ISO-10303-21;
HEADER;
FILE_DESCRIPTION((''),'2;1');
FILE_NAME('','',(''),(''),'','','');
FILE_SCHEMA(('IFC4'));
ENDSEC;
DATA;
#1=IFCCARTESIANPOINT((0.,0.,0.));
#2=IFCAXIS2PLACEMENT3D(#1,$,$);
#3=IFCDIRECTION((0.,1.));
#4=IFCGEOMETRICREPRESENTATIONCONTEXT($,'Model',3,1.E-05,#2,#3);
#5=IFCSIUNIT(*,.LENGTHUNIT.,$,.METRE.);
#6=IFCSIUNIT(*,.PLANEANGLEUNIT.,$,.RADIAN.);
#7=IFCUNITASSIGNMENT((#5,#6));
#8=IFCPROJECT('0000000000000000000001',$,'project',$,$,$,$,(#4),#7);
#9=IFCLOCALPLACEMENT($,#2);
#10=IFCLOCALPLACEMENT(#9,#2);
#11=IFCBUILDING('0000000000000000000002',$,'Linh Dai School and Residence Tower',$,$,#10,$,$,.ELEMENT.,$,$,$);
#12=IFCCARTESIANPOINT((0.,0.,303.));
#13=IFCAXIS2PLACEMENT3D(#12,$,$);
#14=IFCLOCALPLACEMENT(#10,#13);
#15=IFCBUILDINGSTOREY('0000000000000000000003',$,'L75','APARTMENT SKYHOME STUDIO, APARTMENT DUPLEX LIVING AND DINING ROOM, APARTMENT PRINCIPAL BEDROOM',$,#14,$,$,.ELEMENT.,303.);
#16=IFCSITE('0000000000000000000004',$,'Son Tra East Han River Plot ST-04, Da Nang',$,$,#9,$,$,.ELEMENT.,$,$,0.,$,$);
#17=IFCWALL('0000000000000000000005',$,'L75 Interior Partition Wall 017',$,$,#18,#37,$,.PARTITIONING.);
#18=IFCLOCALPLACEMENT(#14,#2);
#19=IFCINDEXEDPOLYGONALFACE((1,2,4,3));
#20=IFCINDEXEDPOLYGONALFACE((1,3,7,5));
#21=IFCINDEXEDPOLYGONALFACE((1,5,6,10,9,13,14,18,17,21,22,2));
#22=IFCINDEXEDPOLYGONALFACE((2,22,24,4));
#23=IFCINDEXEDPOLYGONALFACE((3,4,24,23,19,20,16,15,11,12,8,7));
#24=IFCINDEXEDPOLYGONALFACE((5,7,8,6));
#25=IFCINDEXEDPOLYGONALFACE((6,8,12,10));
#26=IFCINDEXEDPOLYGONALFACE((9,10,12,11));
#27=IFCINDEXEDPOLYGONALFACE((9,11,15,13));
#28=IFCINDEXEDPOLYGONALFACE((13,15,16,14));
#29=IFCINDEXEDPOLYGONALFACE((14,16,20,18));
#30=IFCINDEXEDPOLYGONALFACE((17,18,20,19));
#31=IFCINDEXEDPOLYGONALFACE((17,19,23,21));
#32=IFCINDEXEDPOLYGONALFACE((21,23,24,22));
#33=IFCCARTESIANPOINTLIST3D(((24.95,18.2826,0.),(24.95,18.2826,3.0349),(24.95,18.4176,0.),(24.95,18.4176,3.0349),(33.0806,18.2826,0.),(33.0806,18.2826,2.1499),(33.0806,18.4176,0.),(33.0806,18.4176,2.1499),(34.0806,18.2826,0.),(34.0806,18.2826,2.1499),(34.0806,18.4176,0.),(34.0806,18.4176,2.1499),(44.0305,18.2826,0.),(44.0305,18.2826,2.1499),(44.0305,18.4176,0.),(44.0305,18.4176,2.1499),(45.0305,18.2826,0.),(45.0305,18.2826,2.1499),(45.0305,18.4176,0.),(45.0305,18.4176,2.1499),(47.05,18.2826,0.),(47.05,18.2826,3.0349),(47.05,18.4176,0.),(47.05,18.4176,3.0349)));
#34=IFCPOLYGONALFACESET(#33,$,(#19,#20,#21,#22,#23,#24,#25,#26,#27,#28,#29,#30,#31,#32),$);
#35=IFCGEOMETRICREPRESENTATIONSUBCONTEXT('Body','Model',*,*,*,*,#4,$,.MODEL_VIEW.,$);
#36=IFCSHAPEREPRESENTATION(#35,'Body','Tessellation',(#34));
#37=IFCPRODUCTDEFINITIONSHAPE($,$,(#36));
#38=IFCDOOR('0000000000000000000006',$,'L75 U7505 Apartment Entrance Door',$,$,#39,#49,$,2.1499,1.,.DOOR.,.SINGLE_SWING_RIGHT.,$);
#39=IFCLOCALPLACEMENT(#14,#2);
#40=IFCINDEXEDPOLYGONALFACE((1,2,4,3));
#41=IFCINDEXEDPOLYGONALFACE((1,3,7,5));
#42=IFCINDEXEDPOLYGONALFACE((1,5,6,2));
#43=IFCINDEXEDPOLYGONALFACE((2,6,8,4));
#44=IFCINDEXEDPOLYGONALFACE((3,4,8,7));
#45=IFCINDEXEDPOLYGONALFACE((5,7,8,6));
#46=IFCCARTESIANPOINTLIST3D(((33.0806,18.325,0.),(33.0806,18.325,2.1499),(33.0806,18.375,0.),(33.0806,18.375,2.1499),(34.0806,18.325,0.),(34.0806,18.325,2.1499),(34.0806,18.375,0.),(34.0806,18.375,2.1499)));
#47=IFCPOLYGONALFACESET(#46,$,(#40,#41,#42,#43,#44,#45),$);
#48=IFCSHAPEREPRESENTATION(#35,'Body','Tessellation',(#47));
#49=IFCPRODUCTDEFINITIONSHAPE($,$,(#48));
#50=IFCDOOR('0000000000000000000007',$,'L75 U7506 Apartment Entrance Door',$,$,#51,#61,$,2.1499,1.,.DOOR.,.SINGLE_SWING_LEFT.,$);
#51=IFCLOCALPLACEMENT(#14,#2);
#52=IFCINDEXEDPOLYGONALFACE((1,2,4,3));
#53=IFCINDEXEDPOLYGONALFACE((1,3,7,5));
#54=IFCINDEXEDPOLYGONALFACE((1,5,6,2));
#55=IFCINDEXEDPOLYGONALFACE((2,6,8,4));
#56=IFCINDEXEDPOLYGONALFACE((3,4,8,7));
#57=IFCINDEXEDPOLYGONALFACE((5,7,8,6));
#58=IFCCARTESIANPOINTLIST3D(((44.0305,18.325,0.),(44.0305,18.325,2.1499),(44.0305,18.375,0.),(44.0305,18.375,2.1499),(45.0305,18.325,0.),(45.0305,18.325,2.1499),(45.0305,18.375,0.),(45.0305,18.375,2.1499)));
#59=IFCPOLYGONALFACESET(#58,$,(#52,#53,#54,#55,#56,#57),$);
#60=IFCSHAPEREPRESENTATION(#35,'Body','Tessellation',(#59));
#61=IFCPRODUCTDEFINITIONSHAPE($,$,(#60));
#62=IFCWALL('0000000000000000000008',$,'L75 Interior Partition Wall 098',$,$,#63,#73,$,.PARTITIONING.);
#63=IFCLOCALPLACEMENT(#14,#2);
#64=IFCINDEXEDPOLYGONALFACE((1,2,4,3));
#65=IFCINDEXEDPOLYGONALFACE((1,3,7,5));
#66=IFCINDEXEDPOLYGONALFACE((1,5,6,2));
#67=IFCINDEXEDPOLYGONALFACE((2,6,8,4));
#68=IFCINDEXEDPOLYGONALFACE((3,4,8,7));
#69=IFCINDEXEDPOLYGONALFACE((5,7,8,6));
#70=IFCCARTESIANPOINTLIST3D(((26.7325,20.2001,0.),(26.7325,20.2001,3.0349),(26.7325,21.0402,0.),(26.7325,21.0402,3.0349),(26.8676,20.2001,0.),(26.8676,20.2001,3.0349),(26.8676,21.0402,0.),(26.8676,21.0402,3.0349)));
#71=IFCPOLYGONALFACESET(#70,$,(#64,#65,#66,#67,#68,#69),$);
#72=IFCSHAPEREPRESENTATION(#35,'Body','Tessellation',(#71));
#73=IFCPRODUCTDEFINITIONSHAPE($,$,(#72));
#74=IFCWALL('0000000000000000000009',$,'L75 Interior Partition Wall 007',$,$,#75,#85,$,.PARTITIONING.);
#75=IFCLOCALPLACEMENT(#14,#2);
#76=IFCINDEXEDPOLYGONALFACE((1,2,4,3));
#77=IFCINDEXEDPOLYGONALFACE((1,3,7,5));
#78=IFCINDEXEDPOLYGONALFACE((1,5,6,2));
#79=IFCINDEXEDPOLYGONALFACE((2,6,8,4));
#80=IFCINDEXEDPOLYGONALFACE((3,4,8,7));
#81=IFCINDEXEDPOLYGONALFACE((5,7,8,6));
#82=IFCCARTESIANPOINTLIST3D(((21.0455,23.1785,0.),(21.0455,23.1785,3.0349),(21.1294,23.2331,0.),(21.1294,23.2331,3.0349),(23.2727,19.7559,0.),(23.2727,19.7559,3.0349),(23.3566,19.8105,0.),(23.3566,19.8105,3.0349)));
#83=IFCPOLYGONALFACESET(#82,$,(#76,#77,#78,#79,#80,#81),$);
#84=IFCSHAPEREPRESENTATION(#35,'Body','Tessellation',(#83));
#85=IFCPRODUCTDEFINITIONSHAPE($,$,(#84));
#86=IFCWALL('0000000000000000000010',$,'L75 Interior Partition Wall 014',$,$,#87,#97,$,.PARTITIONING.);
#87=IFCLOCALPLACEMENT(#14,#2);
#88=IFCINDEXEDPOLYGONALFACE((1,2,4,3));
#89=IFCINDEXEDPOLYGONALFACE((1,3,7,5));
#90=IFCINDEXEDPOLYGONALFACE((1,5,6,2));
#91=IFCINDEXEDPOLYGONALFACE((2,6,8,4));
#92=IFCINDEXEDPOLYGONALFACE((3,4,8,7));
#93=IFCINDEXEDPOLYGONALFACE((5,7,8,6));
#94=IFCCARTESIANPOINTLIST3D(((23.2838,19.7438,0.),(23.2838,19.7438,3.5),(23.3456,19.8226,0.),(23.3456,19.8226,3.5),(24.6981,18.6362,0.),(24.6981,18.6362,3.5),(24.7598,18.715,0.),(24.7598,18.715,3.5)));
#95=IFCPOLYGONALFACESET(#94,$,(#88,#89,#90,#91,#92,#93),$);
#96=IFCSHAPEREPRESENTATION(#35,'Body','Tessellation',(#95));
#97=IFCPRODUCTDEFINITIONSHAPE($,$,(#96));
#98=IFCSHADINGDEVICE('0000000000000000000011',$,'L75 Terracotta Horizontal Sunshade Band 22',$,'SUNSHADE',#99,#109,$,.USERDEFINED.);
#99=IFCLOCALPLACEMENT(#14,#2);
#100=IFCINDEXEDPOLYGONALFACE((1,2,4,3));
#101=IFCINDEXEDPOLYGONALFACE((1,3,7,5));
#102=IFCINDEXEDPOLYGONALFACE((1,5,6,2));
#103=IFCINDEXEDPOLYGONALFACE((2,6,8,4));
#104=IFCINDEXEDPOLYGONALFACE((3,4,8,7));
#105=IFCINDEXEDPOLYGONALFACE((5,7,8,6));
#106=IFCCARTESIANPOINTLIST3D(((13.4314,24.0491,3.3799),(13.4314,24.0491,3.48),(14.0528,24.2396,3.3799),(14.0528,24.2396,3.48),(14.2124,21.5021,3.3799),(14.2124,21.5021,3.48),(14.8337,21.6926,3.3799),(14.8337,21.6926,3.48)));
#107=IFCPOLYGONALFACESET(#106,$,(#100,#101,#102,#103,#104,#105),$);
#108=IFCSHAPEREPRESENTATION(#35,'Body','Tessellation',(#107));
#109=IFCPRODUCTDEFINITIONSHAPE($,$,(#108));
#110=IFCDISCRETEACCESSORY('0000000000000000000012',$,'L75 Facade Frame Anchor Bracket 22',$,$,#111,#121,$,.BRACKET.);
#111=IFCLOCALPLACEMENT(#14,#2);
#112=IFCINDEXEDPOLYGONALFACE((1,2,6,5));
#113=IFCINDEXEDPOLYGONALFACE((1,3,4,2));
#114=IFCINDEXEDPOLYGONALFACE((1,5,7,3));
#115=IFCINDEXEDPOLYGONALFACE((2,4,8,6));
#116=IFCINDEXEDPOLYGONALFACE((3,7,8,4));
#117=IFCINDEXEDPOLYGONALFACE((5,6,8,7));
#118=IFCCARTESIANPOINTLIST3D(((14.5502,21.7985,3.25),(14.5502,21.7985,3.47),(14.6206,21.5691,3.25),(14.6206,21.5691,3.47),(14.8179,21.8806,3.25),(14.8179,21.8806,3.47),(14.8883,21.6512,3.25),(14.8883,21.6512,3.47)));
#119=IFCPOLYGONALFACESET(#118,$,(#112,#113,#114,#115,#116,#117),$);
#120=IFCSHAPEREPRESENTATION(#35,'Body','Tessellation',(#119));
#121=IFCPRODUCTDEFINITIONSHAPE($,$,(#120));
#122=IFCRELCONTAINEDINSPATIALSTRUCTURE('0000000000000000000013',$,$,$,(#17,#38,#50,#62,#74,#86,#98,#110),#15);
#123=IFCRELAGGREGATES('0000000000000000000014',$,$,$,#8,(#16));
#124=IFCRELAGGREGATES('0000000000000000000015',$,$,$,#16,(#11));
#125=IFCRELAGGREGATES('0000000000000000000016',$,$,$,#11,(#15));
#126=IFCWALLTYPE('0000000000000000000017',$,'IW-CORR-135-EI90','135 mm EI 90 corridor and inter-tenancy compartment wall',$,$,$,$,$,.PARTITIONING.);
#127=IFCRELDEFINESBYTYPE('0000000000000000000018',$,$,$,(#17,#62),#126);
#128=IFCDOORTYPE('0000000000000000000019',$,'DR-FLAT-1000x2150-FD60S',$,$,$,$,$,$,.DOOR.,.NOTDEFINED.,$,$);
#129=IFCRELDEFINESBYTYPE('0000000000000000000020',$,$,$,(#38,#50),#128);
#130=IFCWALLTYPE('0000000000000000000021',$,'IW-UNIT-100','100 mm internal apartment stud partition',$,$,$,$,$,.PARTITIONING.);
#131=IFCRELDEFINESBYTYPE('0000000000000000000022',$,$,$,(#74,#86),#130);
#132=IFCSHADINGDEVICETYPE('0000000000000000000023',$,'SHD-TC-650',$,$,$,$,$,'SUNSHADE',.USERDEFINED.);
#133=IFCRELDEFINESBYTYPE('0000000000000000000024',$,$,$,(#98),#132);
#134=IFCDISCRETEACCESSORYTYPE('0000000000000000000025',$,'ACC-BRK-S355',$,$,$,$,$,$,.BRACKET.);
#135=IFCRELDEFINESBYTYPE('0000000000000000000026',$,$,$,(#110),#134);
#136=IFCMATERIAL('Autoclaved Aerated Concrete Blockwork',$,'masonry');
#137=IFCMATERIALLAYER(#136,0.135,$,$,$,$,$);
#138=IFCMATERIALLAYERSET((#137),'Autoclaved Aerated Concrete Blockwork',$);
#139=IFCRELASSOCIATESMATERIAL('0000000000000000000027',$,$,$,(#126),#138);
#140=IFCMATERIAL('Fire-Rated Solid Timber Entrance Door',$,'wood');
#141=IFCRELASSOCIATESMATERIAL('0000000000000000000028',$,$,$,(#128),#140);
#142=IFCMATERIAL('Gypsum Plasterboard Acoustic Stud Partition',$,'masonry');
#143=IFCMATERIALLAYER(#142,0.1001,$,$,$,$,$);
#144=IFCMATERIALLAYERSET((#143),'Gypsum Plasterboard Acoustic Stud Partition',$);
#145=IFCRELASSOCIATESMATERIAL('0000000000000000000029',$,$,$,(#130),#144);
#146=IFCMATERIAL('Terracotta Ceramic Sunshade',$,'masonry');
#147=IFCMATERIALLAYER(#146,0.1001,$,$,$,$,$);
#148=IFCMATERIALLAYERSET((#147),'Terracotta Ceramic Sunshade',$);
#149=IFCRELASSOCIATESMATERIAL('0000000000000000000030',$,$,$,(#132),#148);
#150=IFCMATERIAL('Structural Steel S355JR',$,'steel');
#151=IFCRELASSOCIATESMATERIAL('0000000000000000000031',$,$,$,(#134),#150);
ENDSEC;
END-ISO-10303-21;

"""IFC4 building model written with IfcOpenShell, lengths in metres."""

from ifc_helpers import new_model, si_unit, direction, frame, frame_2d, origin, origin_2d, place, context, subcontext, project, spatial, rectangle, extrude, source, transform, mapped, material, layer, layer_set, type_object, element, fill, save


model = new_model("IFC4")

# Units and contexts
model_context = context("Model", 3, precision=1e-05, world=origin(), true_north=direction((0.0, 1.0)))
body_context = subcontext(model_context, "Body", "Model", "MODEL_VIEW")
ifc_project = project(units=[si_unit("LENGTHUNIT", "METRE"), si_unit("PLANEANGLEUNIT", "RADIAN")], contexts=[model_context])

# Site, building, storey
site_placement = place(None, origin())
site = spatial("IfcSite", under=ifc_project, at=site_placement, Name="Son Tra East Han River Plot ST-04, Da Nang", CompositionType="ELEMENT", RefElevation=0.0)
building_placement = place(site_placement, origin())
building = spatial("IfcBuilding", under=site, at=building_placement, Name="Linh Dai School and Residence Tower", CompositionType="ELEMENT")
storey_placement = place(building_placement, frame((0.0, 0.0, 303.0)))
storey = spatial("IfcBuildingStorey", under=building, at=storey_placement, Name="L75", Description="APARTMENT SKYHOME STUDIO, APARTMENT DUPLEX LIVING AND DINING ROOM, APARTMENT PRINCIPAL BEDROOM", CompositionType="ELEMENT", Elevation=303.0)

# Shared definitions
ifc_material_1 = material(Name="Structural Steel S355JR", Category="steel")

# Shared definitions
ifc_material_2 = material(Name="Autoclaved Aerated Concrete Blockwork", Category="masonry")
ifc_layer_1 = layer(ifc_material_2, 0.135)
ifc_layer_set_1 = layer_set([ifc_layer_1], Name="Autoclaved Aerated Concrete Blockwork")
wall_type_1 = type_object("IfcWallType", Name="IW-CORR-135-EI90", Description="135 mm EI 90 corridor and inter-tenancy compartment wall", PredefinedType="PARTITIONING", material=ifc_layer_set_1)

# Shared definitions
ifc_material_3 = material(Name="Fire-Rated Solid Timber Entrance Door", Category="wood")
door_type = type_object("IfcDoorType", Name="DR-FLAT-1000x2150-FD60S", OperationType="NOTDEFINED", PredefinedType="DOOR", material=ifc_material_3)
shared_shape_1 = source(origin(), body_context, "Body", "SweptSolid", [
    extrude(rectangle(XDim=1.0, YDim=2.1499, at=origin_2d()), frame((0.5, 0.0249, 1.075), z_axis=(0.0, -1.0, 0.0), x_axis=(1.0, 0.0, 0.0)), (0.0, 0.0, 1.0), 0.05),
])

# Wall, openings, doors
wall_1_placement = place(storey_placement, frame((24.95, 18.3501, 0.0), z_axis=(0.0, 0.0, 1.0), x_axis=(1.0, 0.0, 0.0)))
wall_1 = element("IfcWall", 1, at=wall_1_placement, inside=storey, type_object=wall_type_1, Name="L75 Interior Partition Wall 017", PredefinedType="PARTITIONING", context=body_context, shape_type="SweptSolid", body=[
    extrude(rectangle(XDim=22.1001, YDim=0.135, at=frame_2d((11.05, 0.0))), origin(), (0.0, 0.0, 1.0), 3.0349),
])
opening_1_placement = place(wall_1_placement, frame((8.1306, 0.0, 0.0)))
opening_1 = element("IfcOpeningElement", 2, at=opening_1_placement, cuts=wall_1, PredefinedType="OPENING", context=body_context, shape_type="SweptSolid", body=[
    extrude(rectangle(XDim=1.0, YDim=2.1499, at=origin_2d()), frame((0.5, 0.0776, 1.075), z_axis=(0.0, -1.0, 0.0), x_axis=(1.0, 0.0, 0.0)), (0.0, 0.0, 1.0), 0.155),
])
opening_2_placement = place(wall_1_placement, frame((19.0806, 0.0, 0.0)))
opening_2 = element("IfcOpeningElement", 3, at=opening_2_placement, cuts=wall_1, PredefinedType="OPENING", context=body_context, shape_type="SweptSolid", body=[
    extrude(rectangle(XDim=1.0, YDim=2.1499, at=origin_2d()), frame((0.5, 0.0776, 1.075), z_axis=(0.0, -1.0, 0.0), x_axis=(1.0, 0.0, 0.0)), (0.0, 0.0, 1.0), 0.155),
])
door_1_placement = place(opening_1_placement, origin())
door_1 = element("IfcDoor", 4, at=door_1_placement, inside=storey, type_object=door_type, Name="L75 U7505 Apartment Entrance Door", OperationType="SINGLE_SWING_RIGHT", OverallHeight=2.1499, OverallWidth=1.0, PredefinedType="DOOR", context=body_context, shape_type="MappedRepresentation", body=[
    mapped(shared_shape_1, transform((0.0, 0.0, 0.0), x_axis=(1.0, 0.0, 0.0), y_axis=(0.0, 1.0, 0.0), z_axis=(0.0, 0.0, 1.0), scale=1.0)),
])
fill(opening_1, door_1)
door_2_placement = place(opening_2_placement, origin())
door_2 = element("IfcDoor", 5, at=door_2_placement, inside=storey, type_object=door_type, Name="L75 U7506 Apartment Entrance Door", OperationType="SINGLE_SWING_LEFT", OverallHeight=2.1499, OverallWidth=1.0, PredefinedType="DOOR", context=body_context, shape_type="MappedRepresentation", body=[
    mapped(shared_shape_1, transform((0.0, 0.0, 0.0), x_axis=(1.0, 0.0, 0.0), y_axis=(0.0, 1.0, 0.0), z_axis=(0.0, 0.0, 1.0), scale=1.0)),
])
fill(opening_2, door_2)

# Walls
wall_2_placement = place(storey_placement, frame((26.8, 21.04, 0.0), z_axis=(0.0, 0.0, 1.0), x_axis=(0.0, -1.0, 0.0)))
element("IfcWall", 6, at=wall_2_placement, inside=storey, type_object=wall_type_1, Name="L75 Interior Partition Wall 098", PredefinedType="PARTITIONING", context=body_context, shape_type="SweptSolid", body=[
    extrude(rectangle(XDim=0.8401, YDim=0.135, at=frame_2d((0.4199, 0.0))), origin(), (0.0, 0.0, 1.0), 3.0349),
])
ifc_material_4 = material(Name="Gypsum Plasterboard Acoustic Stud Partition", Category="masonry")
ifc_layer_2 = layer(ifc_material_4, 0.1001)
ifc_layer_set_2 = layer_set([ifc_layer_2], Name="Gypsum Plasterboard Acoustic Stud Partition")
wall_type_2 = type_object("IfcWallType", Name="IW-UNIT-100", Description="100 mm internal apartment stud partition", PredefinedType="PARTITIONING", material=ifc_layer_set_2)
wall_3_placement = place(storey_placement, frame((21.0874, 23.2058, 0.0), z_axis=(0.0, 0.0, 1.0), x_axis=(0.545436, -0.838153, 0.0)))
element("IfcWall", 7, at=wall_3_placement, inside=storey, type_object=wall_type_2, Name="L75 Interior Partition Wall 007", PredefinedType="PARTITIONING", context=body_context, shape_type="SweptSolid", body=[
    extrude(rectangle(XDim=4.0835, YDim=0.1001, at=frame_2d((2.0417, 0.0))), origin(), (0.0, 0.0, 1.0), 3.0349),
])
wall_4_placement = place(storey_placement, frame((23.3147, 19.7832, 0.0), z_axis=(0.0, 0.0, 1.0), x_axis=(0.787284, -0.61659, 0.0)))
element("IfcWall", 8, at=wall_4_placement, inside=storey, type_object=wall_type_2, Name="L75 Interior Partition Wall 014", PredefinedType="PARTITIONING", context=body_context, shape_type="SweptSolid", body=[
    extrude(rectangle(XDim=1.7964, YDim=0.1001, at=frame_2d((0.8982, 0.0))), origin(), (0.0, 0.0, 1.0), 3.5),
])

# Shading device
ifc_material_5 = material(Name="Terracotta Ceramic Sunshade", Category="masonry")
ifc_layer_3 = layer(ifc_material_5, 0.1001)
ifc_layer_set_3 = layer_set([ifc_layer_3], Name="Terracotta Ceramic Sunshade")
shading_device_type = type_object("IfcShadingDeviceType", Name="SHD-TC-650", ElementType="SUNSHADE", PredefinedType="USERDEFINED", material=ifc_layer_set_3)
shared_shape_2 = source(origin(), body_context, "Body", "SweptSolid", [
    extrude(rectangle(XDim=2.6641, YDim=0.6499, at=origin_2d()), origin(), (0.0, 0.0, 1.0), 0.1001),
])
shading_device_placement = place(storey_placement, frame((14.1326, 22.8708, 3.3799), z_axis=(0.0, 0.0, 1.0), x_axis=(-0.293141, 0.956069, 0.0)))
element("IfcShadingDevice", 9, at=shading_device_placement, inside=storey, type_object=shading_device_type, Name="L75 Terracotta Horizontal Sunshade Band 22", ObjectType="SUNSHADE", PredefinedType="USERDEFINED", context=body_context, shape_type="MappedRepresentation", body=[
    mapped(shared_shape_2, transform((0.0, 0.0, 0.0), x_axis=(1.0, 0.0, 0.0), y_axis=(0.0, 1.0, 0.0), z_axis=(0.0, 0.0, 1.0), scale=1.0)),
])

# Discrete accessory
discrete_accessory_type = type_object("IfcDiscreteAccessoryType", Name="ACC-BRK-S355", PredefinedType="BRACKET", material=ifc_material_1)
shared_shape_3 = source(origin(), body_context, "Body", "SweptSolid", [
    extrude(rectangle(XDim=0.28, YDim=0.24, at=origin_2d()), origin(), (0.0, 0.0, 1.0), 0.22),
])
discrete_accessory_placement = place(storey_placement, frame((14.7192, 21.7249, 3.25), z_axis=(0.0, 0.0, 1.0), x_axis=(-0.956069, -0.293141, 0.0)))
element("IfcDiscreteAccessory", 10, at=discrete_accessory_placement, inside=storey, type_object=discrete_accessory_type, Name="L75 Facade Frame Anchor Bracket 22", PredefinedType="BRACKET", context=body_context, shape_type="MappedRepresentation", body=[
    mapped(shared_shape_3, transform((0.0, 0.0, 0.0), x_axis=(1.0, 0.0, 0.0), y_axis=(0.0, 1.0, 0.0), z_axis=(0.0, 0.0, 1.0), scale=1.0)),
])

save(model, "model.ifc")
